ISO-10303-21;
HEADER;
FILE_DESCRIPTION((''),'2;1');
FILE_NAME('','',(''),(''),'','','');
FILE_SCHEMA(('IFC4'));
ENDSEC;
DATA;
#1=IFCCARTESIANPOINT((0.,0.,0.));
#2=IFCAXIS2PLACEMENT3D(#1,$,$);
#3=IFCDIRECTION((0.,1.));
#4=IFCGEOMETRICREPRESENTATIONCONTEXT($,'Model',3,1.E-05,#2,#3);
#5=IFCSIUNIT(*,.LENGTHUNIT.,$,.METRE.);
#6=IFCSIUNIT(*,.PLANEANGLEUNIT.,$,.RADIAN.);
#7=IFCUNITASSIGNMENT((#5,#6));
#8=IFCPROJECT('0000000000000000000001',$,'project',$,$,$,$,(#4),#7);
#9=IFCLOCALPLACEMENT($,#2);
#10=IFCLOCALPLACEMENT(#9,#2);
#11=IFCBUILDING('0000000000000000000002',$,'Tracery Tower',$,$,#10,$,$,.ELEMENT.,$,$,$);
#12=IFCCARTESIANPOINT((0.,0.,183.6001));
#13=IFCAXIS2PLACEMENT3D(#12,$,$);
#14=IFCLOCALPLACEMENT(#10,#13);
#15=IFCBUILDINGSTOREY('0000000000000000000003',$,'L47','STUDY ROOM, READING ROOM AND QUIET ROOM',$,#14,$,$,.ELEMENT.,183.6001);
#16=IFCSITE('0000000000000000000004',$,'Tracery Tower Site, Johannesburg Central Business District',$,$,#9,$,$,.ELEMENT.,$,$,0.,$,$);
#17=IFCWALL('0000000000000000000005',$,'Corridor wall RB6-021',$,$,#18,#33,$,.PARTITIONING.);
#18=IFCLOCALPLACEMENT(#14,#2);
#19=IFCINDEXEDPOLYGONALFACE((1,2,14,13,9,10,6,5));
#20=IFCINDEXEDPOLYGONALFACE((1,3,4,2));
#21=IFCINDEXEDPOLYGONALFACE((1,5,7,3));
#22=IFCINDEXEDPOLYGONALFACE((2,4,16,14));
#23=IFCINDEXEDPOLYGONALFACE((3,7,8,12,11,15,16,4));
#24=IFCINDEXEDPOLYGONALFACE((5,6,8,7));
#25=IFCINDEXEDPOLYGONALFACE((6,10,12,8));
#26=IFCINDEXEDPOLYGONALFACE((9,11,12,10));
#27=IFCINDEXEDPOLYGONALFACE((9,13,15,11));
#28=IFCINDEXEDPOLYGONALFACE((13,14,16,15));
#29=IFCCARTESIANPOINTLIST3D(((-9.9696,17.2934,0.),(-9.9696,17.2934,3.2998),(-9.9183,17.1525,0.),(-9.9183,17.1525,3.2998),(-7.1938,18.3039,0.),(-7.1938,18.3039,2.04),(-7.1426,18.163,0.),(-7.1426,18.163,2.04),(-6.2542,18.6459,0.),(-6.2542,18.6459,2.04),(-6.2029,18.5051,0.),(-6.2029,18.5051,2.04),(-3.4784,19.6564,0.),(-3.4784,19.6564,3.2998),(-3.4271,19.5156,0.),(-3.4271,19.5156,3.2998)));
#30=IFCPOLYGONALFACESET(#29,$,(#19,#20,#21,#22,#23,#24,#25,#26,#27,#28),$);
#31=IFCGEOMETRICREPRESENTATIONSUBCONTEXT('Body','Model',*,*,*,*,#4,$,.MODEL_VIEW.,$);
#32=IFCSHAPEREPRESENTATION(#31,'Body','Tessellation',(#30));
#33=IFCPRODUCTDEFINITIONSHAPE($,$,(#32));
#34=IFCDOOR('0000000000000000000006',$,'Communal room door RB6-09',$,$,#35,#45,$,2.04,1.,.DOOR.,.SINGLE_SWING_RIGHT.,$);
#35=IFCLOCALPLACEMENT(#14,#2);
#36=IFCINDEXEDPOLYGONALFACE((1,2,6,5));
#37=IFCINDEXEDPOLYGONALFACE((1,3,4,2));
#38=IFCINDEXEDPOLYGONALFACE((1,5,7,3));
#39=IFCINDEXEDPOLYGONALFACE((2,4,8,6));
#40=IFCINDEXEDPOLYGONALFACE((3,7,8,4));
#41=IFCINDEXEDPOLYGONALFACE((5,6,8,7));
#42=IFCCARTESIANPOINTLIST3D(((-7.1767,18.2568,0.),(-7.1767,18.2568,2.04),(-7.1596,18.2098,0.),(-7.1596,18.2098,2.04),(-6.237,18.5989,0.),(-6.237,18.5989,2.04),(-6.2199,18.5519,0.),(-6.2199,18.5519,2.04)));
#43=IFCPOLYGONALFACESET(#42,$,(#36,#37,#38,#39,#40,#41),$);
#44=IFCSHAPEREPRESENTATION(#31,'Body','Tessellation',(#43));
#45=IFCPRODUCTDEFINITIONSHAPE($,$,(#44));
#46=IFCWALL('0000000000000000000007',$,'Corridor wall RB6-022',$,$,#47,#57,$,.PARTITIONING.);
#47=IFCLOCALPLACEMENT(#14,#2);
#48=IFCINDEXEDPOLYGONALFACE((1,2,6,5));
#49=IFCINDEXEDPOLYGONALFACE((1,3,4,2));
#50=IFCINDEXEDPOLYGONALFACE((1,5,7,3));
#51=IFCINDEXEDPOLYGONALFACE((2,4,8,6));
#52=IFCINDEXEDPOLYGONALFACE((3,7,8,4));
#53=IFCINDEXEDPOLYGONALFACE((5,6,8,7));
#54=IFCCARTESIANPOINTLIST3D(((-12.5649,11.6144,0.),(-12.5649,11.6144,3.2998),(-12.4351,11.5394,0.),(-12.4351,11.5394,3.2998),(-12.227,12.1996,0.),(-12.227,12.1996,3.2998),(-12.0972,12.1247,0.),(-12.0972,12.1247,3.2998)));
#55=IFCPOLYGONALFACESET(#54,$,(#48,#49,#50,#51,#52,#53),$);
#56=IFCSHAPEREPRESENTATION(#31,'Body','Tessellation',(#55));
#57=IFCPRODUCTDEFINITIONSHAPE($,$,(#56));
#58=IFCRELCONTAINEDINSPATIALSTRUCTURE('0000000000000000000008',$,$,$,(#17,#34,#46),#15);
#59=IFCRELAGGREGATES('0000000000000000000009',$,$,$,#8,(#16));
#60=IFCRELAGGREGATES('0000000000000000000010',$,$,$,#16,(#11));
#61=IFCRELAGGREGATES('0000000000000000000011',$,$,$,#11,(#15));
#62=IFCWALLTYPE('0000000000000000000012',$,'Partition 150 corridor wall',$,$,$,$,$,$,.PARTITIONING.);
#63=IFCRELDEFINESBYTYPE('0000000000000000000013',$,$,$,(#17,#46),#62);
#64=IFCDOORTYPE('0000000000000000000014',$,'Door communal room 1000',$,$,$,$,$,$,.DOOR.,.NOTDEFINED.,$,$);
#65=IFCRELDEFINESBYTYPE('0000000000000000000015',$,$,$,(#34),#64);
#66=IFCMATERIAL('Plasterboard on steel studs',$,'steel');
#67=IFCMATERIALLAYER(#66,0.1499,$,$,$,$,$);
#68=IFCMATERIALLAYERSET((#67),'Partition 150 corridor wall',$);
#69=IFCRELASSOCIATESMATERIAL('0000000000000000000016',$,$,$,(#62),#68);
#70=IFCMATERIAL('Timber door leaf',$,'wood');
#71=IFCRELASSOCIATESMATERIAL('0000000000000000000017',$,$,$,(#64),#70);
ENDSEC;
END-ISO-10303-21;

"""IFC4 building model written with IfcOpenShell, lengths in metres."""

from ifc_helpers import new_model, si_unit, direction, frame, frame_2d, origin, place, context, subcontext, project, spatial, rectangle, extrude, material, layer, layer_set, type_object, element, fill, save


model = new_model("IFC4")

# Units and contexts
model_context = context("Model", 3, precision=1e-05, world=origin(), true_north=direction((0.0, 1.0)))
body_context = subcontext(model_context, "Body", "Model", "MODEL_VIEW")
ifc_project = project(units=[si_unit("LENGTHUNIT", "METRE"), si_unit("PLANEANGLEUNIT", "RADIAN")], contexts=[model_context])

# Site, building, storey
site_placement = place(None, origin())
site = spatial("IfcSite", under=ifc_project, at=site_placement, Name="Tracery Tower Site, Johannesburg Central Business District", CompositionType="ELEMENT", RefElevation=0.0)
building_placement = place(site_placement, origin())
building = spatial("IfcBuilding", under=site, at=building_placement, Name="Tracery Tower", CompositionType="ELEMENT")
storey_placement = place(building_placement, frame((0.0, 0.0, 183.6001)))
storey = spatial("IfcBuildingStorey", under=building, at=storey_placement, Name="L47", Description="STUDY ROOM, READING ROOM AND QUIET ROOM", CompositionType="ELEMENT", Elevation=183.6001)

# Shared definitions
ifc_material_1 = material(Name="Plasterboard on steel studs", Category="steel")
ifc_layer_1 = layer(ifc_material_1, 0.1499)
ifc_layer_set_1 = layer_set([ifc_layer_1], Name="Partition 150 corridor wall")
wall_type_1 = type_object("IfcWallType", Name="Partition 150 corridor wall", PredefinedType="PARTITIONING", material=ifc_layer_set_1)

# Shared definitions
ifc_material_2 = material(Name="Timber door leaf", Category="wood")
door_type = type_object("IfcDoorType", Name="Door communal room 1000", OperationType="NOTDEFINED", PredefinedType="DOOR", material=ifc_material_2)

# Wall, opening, door
wall_1_placement = place(storey_placement, frame((-9.9441, 17.2229, 0.0), z_axis=(0.0, 0.0, 1.0), x_axis=(0.939673, 0.342075, 0.0)))
wall_1 = element("IfcWall", 1, at=wall_1_placement, inside=storey, type_object=wall_type_1, Name="Corridor wall RB6-021", PredefinedType="PARTITIONING", context=body_context, shape_type="SweptSolid", body=[
    extrude(rectangle(XDim=6.908, YDim=0.1499, at=frame_2d((3.4541, 0.0))), origin(), (0.0, 0.0, 1.0), 3.2998),
])
opening_1_placement = place(wall_1_placement, frame((2.9541, 0.0, 0.0)))
opening_1 = element("IfcOpeningElement", 2, at=opening_1_placement, cuts=wall_1, PredefinedType="OPENING", context=body_context, shape_type="SweptSolid", body=[
    extrude(rectangle(XDim=1.0, YDim=2.04, at=frame_2d((0.5, 1.02))), frame((0.0, 0.075, 0.0), z_axis=(0.0, -1.0, 0.0), x_axis=(1.0, 0.0, 0.0)), (0.0, 0.0, 1.0), 0.1499),
])
door_1_placement = place(opening_1_placement, origin())
door_1 = element("IfcDoor", 3, at=door_1_placement, inside=storey, type_object=door_type, Name="Communal room door RB6-09", OperationType="SINGLE_SWING_RIGHT", OverallHeight=2.04, OverallWidth=1.0, PredefinedType="DOOR", context=body_context, shape_type="SweptSolid", body=[
    extrude(rectangle(XDim=1.0, YDim=2.04, at=frame_2d((0.5, 1.02))), frame((0.0, 0.0249, 0.0), z_axis=(0.0, -1.0, 0.0), x_axis=(1.0, 0.0, 0.0)), (0.0, 0.0, 1.0), 0.05),
])
fill(opening_1, door_1)

# Wall
wall_2_placement = place(storey_placement, frame((-12.5, 11.5769, 0.0), z_axis=(0.0, 0.0, 1.0), x_axis=(0.500025, 0.866011, 0.0)))
element("IfcWall", 4, at=wall_2_placement, inside=storey, type_object=wall_type_1, Name="Corridor wall RB6-022", PredefinedType="PARTITIONING", context=body_context, shape_type="SweptSolid", body=[
    extrude(rectangle(XDim=0.6758, YDim=0.1499, at=frame_2d((0.3379, 0.0))), origin(), (0.0, 0.0, 1.0), 3.2998),
])

save(model, "model.ifc")
